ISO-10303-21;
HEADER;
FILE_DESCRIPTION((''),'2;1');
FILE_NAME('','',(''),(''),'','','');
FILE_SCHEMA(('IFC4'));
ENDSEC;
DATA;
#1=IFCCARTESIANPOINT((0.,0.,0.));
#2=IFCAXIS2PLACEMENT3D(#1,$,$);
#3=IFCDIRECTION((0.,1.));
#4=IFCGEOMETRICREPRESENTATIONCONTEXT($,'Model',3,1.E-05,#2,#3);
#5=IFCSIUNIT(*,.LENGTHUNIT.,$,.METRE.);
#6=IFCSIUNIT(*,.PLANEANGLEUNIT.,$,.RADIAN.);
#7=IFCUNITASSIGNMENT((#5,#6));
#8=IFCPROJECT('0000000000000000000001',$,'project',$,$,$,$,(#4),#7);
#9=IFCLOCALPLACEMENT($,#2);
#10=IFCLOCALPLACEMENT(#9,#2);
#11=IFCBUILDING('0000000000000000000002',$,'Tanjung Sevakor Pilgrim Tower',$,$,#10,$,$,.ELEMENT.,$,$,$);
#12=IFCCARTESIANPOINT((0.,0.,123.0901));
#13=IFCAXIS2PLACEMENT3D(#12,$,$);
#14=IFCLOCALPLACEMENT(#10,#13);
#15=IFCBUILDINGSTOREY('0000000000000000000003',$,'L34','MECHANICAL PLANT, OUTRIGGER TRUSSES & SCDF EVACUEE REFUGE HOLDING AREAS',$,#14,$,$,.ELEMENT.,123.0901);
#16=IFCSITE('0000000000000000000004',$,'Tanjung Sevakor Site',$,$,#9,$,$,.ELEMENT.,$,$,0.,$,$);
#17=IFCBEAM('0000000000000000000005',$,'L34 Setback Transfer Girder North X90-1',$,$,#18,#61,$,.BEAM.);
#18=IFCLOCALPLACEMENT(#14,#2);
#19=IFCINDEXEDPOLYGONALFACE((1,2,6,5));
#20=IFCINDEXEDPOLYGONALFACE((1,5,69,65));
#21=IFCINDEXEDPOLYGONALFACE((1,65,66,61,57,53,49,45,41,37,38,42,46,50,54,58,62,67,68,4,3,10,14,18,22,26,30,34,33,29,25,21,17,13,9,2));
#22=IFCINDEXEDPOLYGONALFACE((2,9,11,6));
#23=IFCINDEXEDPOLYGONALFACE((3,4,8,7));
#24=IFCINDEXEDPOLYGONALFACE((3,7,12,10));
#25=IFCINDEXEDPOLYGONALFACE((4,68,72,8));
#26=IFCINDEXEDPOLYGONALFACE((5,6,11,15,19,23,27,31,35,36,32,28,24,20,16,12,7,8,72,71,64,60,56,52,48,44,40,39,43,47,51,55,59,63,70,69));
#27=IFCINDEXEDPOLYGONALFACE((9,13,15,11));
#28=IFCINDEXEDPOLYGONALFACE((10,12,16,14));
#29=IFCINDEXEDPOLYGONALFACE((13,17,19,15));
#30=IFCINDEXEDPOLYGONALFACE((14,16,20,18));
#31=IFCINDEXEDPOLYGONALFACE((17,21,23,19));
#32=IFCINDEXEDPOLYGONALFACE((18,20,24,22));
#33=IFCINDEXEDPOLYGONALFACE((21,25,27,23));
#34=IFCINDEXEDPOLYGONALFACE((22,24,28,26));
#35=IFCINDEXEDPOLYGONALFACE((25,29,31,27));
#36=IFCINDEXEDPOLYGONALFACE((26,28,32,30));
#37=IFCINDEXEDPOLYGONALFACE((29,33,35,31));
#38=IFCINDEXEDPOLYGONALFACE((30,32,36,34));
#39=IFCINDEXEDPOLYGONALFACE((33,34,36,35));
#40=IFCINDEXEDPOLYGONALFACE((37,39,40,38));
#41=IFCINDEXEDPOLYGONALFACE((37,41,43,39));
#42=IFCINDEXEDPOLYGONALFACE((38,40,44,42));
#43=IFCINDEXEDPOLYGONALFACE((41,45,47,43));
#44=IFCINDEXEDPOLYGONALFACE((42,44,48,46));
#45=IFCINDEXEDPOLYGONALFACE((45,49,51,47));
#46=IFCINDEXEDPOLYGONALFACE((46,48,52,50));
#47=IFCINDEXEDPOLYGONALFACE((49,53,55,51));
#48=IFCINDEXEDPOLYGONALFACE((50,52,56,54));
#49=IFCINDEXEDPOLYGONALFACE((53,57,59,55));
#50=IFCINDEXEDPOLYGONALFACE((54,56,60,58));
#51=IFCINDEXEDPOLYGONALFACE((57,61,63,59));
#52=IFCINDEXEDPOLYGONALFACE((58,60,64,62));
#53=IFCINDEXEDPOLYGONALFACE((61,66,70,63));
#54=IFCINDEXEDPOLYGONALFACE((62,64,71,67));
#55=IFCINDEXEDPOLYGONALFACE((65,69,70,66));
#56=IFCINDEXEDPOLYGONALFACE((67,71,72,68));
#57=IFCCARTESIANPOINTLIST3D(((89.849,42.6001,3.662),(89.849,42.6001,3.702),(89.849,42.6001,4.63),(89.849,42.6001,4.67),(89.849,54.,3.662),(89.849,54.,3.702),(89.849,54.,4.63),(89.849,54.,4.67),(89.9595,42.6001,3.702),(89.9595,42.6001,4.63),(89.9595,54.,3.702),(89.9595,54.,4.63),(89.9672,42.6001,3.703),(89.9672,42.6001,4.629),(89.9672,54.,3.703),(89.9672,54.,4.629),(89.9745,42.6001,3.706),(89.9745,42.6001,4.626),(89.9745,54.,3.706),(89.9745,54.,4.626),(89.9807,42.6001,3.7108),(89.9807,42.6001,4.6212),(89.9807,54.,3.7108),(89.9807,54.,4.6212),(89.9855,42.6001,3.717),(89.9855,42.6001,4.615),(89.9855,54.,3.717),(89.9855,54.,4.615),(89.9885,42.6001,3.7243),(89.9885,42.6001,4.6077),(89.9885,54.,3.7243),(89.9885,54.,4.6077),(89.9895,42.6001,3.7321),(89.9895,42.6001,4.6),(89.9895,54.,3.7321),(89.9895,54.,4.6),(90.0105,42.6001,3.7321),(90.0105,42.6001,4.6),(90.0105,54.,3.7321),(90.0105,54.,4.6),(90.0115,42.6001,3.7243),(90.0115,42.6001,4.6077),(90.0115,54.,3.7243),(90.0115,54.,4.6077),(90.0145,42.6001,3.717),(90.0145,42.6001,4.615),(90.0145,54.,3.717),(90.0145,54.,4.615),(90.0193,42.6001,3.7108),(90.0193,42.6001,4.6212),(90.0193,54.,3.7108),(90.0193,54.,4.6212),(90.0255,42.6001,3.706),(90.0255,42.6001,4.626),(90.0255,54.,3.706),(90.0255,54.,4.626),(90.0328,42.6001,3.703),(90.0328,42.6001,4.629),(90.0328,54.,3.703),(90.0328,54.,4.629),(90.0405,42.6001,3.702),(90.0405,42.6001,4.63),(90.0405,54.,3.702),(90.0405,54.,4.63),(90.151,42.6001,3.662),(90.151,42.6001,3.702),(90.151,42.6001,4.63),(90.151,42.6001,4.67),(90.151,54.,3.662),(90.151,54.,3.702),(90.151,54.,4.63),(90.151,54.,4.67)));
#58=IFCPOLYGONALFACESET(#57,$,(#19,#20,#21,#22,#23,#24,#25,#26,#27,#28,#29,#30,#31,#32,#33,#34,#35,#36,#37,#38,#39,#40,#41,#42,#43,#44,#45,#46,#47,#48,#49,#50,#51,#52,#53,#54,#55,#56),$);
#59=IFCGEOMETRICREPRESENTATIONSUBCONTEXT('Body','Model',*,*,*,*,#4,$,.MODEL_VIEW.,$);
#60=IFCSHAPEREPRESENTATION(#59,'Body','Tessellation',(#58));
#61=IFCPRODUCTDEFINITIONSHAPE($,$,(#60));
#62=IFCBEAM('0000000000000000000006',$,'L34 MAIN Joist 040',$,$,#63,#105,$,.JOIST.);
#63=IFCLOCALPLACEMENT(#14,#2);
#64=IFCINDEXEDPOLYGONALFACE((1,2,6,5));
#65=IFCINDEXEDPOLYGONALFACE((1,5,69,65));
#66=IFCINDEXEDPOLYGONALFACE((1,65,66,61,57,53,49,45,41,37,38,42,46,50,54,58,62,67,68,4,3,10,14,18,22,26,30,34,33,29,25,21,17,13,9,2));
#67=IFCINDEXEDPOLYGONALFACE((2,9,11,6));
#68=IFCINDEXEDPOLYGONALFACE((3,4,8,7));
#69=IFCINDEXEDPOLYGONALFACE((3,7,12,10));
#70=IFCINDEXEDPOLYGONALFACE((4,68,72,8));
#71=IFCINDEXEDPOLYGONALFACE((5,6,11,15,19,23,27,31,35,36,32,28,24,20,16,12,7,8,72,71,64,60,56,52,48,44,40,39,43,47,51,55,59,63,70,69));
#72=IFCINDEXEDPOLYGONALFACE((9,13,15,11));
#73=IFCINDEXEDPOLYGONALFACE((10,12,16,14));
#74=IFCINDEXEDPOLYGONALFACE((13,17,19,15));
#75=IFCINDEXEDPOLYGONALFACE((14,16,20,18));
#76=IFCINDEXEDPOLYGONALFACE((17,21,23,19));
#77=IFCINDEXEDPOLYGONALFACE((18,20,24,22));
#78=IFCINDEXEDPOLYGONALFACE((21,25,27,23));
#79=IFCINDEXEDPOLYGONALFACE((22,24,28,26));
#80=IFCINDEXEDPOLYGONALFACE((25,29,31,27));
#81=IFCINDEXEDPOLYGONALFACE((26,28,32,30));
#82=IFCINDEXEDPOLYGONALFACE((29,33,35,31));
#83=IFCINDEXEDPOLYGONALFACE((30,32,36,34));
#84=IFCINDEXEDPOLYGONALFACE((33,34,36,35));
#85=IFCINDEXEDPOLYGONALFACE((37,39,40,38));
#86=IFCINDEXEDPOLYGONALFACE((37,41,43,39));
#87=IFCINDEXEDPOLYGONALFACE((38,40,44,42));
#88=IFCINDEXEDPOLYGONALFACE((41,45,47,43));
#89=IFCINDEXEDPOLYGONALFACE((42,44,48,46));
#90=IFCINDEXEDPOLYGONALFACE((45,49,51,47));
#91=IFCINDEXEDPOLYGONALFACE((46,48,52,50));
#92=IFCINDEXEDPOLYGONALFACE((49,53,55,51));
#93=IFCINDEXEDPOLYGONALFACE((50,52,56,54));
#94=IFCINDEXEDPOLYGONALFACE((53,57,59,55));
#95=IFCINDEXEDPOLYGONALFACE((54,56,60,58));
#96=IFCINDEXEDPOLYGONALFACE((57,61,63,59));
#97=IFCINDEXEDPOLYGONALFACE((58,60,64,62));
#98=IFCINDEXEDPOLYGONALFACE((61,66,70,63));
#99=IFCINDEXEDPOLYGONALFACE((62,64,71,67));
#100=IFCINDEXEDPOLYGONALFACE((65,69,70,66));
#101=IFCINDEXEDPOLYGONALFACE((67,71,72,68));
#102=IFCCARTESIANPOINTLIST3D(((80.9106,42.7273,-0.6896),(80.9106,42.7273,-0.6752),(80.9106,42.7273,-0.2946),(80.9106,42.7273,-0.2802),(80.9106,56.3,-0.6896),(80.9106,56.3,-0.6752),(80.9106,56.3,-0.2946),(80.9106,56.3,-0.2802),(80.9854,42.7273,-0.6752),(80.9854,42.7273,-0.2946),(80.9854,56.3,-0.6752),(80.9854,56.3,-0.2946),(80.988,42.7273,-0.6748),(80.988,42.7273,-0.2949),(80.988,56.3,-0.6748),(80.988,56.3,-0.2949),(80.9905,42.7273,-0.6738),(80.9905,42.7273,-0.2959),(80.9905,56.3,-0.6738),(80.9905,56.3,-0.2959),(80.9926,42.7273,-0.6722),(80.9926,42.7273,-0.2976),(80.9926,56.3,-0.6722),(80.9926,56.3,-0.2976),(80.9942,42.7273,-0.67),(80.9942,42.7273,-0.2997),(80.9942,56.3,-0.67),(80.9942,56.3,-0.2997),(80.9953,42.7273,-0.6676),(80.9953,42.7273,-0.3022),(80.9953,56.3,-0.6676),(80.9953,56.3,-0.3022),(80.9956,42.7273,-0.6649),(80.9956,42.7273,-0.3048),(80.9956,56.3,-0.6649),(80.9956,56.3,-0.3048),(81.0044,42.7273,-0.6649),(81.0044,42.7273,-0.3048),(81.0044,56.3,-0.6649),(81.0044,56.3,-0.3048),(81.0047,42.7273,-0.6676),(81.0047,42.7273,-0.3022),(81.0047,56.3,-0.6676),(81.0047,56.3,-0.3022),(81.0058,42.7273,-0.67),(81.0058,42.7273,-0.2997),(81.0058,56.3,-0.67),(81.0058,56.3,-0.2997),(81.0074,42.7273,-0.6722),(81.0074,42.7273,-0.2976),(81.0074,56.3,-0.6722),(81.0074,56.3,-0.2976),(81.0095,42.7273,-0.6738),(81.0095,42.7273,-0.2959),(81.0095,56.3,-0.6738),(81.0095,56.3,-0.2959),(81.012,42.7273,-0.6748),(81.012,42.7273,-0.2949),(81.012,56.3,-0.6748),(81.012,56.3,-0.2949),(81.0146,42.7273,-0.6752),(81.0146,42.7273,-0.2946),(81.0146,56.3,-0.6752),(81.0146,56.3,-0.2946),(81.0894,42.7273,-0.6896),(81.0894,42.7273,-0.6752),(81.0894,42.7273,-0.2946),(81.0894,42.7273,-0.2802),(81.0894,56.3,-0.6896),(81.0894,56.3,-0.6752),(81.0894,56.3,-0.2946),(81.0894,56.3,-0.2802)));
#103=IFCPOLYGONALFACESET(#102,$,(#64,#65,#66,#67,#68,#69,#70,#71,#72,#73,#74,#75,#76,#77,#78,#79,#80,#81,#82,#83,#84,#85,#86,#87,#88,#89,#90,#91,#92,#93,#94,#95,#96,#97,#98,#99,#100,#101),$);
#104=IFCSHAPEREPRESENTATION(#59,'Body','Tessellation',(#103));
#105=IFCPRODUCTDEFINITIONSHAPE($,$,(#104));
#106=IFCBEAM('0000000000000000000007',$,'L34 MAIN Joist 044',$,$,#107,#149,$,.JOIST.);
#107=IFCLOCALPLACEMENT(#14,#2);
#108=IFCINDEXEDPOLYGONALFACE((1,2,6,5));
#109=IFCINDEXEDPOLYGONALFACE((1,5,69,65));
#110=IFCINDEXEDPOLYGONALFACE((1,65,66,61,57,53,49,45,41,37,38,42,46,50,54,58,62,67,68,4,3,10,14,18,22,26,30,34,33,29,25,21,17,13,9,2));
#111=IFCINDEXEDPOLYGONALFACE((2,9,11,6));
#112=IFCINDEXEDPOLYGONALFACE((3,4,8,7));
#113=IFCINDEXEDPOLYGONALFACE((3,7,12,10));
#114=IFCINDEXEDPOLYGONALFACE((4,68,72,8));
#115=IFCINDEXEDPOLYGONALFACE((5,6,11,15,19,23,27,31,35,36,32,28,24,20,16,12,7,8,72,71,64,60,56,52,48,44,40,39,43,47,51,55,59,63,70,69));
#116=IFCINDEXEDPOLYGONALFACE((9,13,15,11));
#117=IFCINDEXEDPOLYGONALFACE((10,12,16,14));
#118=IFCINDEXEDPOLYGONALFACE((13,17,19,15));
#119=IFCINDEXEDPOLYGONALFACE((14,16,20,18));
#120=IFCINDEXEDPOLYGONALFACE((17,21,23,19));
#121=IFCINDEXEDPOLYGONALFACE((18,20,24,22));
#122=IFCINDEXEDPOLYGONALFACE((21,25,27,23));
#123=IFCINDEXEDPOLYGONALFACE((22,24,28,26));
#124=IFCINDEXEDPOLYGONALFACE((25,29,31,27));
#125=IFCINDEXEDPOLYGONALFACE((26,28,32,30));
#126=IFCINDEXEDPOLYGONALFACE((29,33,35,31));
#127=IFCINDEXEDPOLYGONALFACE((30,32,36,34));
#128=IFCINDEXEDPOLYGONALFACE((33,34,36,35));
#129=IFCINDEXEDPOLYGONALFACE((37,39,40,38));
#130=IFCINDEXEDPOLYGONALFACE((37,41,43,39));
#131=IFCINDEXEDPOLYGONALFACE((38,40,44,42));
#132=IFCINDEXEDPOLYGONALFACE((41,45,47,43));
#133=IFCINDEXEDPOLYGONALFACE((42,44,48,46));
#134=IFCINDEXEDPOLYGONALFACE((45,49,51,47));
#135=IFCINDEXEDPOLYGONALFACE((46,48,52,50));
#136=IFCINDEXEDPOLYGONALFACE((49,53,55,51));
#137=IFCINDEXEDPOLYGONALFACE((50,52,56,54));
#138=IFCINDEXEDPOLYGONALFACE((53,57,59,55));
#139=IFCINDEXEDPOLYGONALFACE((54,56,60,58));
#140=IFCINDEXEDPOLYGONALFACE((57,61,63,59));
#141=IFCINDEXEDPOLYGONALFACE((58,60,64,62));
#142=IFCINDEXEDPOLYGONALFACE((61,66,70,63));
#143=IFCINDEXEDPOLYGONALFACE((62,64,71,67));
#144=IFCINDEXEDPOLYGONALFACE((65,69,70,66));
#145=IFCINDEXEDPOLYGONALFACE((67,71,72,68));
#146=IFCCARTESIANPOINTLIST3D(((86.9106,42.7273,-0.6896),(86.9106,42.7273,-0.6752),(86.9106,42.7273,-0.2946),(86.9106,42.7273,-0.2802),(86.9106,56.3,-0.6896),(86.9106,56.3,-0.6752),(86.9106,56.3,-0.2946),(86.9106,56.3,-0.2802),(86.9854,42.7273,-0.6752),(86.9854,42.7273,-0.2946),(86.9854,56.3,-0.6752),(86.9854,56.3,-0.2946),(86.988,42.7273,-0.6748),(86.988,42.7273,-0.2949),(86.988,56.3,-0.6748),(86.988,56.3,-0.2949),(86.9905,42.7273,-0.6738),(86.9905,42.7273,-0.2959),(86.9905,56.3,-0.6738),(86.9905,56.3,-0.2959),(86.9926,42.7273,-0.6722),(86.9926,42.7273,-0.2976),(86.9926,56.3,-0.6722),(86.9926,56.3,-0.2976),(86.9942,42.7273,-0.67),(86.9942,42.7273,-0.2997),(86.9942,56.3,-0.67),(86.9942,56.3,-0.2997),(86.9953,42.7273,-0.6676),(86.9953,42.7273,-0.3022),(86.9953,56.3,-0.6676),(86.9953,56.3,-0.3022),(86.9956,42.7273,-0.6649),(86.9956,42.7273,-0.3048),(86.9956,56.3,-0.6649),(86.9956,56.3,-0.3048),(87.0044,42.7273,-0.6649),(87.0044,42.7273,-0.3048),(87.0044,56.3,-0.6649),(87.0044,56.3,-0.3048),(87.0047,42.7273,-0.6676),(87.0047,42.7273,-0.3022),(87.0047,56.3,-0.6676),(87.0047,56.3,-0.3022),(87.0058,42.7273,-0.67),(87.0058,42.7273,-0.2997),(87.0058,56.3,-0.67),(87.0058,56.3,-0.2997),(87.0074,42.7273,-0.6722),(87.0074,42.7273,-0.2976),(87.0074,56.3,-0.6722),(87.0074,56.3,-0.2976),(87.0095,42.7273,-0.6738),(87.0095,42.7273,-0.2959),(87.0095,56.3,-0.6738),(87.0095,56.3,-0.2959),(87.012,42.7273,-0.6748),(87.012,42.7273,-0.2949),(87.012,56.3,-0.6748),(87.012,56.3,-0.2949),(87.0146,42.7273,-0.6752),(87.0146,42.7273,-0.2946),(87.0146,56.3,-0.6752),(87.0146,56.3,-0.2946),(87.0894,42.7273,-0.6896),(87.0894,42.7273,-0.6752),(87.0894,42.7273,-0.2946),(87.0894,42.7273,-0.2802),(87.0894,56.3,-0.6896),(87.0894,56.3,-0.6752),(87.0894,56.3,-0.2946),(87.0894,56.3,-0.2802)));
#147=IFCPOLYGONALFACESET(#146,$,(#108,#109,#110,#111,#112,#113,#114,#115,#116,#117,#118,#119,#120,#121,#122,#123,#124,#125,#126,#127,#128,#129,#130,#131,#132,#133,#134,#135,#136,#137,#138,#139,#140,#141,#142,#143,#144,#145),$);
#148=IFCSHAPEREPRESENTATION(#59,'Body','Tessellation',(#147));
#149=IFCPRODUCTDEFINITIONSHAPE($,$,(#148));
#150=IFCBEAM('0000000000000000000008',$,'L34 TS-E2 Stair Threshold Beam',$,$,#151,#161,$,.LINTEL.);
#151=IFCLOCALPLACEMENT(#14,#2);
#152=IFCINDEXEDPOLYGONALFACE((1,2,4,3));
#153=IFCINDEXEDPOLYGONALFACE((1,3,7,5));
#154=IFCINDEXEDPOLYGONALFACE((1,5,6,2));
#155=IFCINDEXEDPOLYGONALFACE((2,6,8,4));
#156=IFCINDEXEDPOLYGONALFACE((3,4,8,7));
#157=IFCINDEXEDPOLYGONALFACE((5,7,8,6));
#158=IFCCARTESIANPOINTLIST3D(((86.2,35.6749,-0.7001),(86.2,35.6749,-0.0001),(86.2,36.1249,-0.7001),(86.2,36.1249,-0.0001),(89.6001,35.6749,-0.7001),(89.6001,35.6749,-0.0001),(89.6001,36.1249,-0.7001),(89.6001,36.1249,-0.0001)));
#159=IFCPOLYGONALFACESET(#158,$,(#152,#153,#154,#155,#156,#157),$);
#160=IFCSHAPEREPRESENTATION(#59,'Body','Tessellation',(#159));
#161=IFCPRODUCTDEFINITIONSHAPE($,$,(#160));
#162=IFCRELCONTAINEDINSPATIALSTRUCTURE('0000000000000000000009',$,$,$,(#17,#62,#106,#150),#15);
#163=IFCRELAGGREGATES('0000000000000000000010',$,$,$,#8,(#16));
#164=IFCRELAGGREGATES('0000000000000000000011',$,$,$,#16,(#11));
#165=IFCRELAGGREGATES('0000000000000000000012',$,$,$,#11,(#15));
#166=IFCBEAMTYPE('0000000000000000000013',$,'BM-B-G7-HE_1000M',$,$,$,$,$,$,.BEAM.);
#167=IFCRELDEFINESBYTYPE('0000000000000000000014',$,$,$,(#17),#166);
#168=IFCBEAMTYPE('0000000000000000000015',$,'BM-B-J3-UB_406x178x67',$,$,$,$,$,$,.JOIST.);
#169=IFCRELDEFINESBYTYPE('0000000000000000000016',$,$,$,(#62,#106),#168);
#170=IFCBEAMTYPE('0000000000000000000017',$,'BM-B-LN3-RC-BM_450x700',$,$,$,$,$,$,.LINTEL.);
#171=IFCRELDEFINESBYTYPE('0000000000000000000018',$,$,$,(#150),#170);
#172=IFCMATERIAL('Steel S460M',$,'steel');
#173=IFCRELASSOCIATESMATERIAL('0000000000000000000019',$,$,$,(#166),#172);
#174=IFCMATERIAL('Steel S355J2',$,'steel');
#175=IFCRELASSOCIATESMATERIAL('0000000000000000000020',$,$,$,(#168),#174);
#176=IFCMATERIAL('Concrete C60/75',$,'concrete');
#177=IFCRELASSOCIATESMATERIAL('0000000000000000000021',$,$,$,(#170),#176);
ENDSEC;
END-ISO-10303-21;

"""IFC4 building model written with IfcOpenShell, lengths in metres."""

from ifc_helpers import new_model, si_unit, direction, frame, origin, origin_2d, place, context, subcontext, project, spatial, rectangle, i_section, extrude, material, material_profile, profile_set, type_object, element, save


model = new_model("IFC4")

# Units and contexts
model_context = context("Model", 3, precision=1e-05, world=origin(), true_north=direction((0.0, 1.0)))
body_context = subcontext(model_context, "Body", "Model", "MODEL_VIEW")
ifc_project = project(units=[si_unit("LENGTHUNIT", "METRE"), si_unit("PLANEANGLEUNIT", "RADIAN")], contexts=[model_context])

# Site, building, storey
site_placement = place(None, origin())
site = spatial("IfcSite", under=ifc_project, at=site_placement, Name="Tanjung Sevakor Site", CompositionType="ELEMENT", RefElevation=0.0)
building_placement = place(site_placement, origin())
building = spatial("IfcBuilding", under=site, at=building_placement, Name="Tanjung Sevakor Pilgrim Tower", CompositionType="ELEMENT")
storey_placement = place(building_placement, frame((0.0, 0.0, 123.0901)))
storey = spatial("IfcBuildingStorey", under=building, at=storey_placement, Name="L34", Description="MECHANICAL PLANT, OUTRIGGER TRUSSES & SCDF EVACUEE REFUGE HOLDING AREAS", CompositionType="ELEMENT", Elevation=123.0901)

# Beams
ifc_material_1 = material(Name="Steel S460M", Category="steel")
ifc_material_profile_1 = material_profile(ifc_material_1, i_section(OverallWidth=0.302, OverallDepth=1.0081, WebThickness=0.021, FlangeThickness=0.04, FilletRadius=0.03, at=origin_2d()))
ifc_profile_set_1 = profile_set([ifc_material_profile_1], Name="Steel S460M")
beam_type_1 = type_object("IfcBeamType", Name="BM-B-G7-HE_1000M", PredefinedType="BEAM", material=ifc_profile_set_1)
for number, where, z_axis, x_axis, name in (
    (1, (90.0, 42.6001, 4.166), (0.0, 1.0, 0.0), (-1.0, 0.0, 0.0), "L34 Setback Transfer Girder North X90-1"),
):
    element("IfcBeam", number, at=place(storey_placement, frame(where, z_axis=z_axis, x_axis=x_axis)), inside=storey, type_object=beam_type_1, Name=name, PredefinedType="BEAM", context=body_context, shape_type="SweptSolid", body=[
        extrude(i_section(OverallWidth=0.302, OverallDepth=1.0081, WebThickness=0.021, FlangeThickness=0.04, FilletRadius=0.03, at=origin_2d()), origin(), (0.0, 0.0, 1.0), 11.3999),
    ])
ifc_material_2 = material(Name="Steel S355J2", Category="steel")
ifc_material_profile_2 = material_profile(ifc_material_2, i_section(OverallWidth=0.1787, OverallDepth=0.4094, WebThickness=0.0088, FlangeThickness=0.0144, FilletRadius=0.0103, at=origin_2d()))
ifc_profile_set_2 = profile_set([ifc_material_profile_2], Name="Steel S355J2")
beam_type_2 = type_object("IfcBeamType", Name="BM-B-J3-UB_406x178x67", PredefinedType="JOIST", material=ifc_profile_set_2)
for number, where, z_axis, x_axis, name in (
    (2, (81.0, 42.7273, -0.4849), (0.0, 1.0, 0.0), (-1.0, 0.0, 0.0), "L34 MAIN Joist 040"),
    (3, (87.0, 42.7273, -0.4849), (0.0, 1.0, 0.0), (-1.0, 0.0, 0.0), "L34 MAIN Joist 044"),
):
    element("IfcBeam", number, at=place(storey_placement, frame(where, z_axis=z_axis, x_axis=x_axis)), inside=storey, type_object=beam_type_2, Name=name, PredefinedType="JOIST", context=body_context, shape_type="SweptSolid", body=[
        extrude(i_section(OverallWidth=0.1787, OverallDepth=0.4094, WebThickness=0.0088, FlangeThickness=0.0144, FilletRadius=0.0103, at=origin_2d()), origin(), (0.0, 0.0, 1.0), 13.5728),
    ])
ifc_material_3 = material(Name="Concrete C60/75", Category="concrete")
ifc_material_profile_3 = material_profile(ifc_material_3, rectangle(XDim=0.45, YDim=0.7, at=origin_2d()))
ifc_profile_set_3 = profile_set([ifc_material_profile_3], Name="Concrete C60/75")
beam_type_3 = type_object("IfcBeamType", Name="BM-B-LN3-RC-BM_450x700", PredefinedType="LINTEL", material=ifc_profile_set_3)
beam_1_placement = place(storey_placement, frame((86.2, 35.8999, -0.3501), z_axis=(1.0, 0.0, 0.0), x_axis=(0.0, 1.0, 0.0)))
element("IfcBeam", 4, at=beam_1_placement, inside=storey, type_object=beam_type_3, Name="L34 TS-E2 Stair Threshold Beam", PredefinedType="LINTEL", context=body_context, shape_type="SweptSolid", body=[
    extrude(rectangle(XDim=0.45, YDim=0.7, at=origin_2d()), origin(), (0.0, 0.0, 1.0), 3.4001),
])

save(model, "model.ifc")
